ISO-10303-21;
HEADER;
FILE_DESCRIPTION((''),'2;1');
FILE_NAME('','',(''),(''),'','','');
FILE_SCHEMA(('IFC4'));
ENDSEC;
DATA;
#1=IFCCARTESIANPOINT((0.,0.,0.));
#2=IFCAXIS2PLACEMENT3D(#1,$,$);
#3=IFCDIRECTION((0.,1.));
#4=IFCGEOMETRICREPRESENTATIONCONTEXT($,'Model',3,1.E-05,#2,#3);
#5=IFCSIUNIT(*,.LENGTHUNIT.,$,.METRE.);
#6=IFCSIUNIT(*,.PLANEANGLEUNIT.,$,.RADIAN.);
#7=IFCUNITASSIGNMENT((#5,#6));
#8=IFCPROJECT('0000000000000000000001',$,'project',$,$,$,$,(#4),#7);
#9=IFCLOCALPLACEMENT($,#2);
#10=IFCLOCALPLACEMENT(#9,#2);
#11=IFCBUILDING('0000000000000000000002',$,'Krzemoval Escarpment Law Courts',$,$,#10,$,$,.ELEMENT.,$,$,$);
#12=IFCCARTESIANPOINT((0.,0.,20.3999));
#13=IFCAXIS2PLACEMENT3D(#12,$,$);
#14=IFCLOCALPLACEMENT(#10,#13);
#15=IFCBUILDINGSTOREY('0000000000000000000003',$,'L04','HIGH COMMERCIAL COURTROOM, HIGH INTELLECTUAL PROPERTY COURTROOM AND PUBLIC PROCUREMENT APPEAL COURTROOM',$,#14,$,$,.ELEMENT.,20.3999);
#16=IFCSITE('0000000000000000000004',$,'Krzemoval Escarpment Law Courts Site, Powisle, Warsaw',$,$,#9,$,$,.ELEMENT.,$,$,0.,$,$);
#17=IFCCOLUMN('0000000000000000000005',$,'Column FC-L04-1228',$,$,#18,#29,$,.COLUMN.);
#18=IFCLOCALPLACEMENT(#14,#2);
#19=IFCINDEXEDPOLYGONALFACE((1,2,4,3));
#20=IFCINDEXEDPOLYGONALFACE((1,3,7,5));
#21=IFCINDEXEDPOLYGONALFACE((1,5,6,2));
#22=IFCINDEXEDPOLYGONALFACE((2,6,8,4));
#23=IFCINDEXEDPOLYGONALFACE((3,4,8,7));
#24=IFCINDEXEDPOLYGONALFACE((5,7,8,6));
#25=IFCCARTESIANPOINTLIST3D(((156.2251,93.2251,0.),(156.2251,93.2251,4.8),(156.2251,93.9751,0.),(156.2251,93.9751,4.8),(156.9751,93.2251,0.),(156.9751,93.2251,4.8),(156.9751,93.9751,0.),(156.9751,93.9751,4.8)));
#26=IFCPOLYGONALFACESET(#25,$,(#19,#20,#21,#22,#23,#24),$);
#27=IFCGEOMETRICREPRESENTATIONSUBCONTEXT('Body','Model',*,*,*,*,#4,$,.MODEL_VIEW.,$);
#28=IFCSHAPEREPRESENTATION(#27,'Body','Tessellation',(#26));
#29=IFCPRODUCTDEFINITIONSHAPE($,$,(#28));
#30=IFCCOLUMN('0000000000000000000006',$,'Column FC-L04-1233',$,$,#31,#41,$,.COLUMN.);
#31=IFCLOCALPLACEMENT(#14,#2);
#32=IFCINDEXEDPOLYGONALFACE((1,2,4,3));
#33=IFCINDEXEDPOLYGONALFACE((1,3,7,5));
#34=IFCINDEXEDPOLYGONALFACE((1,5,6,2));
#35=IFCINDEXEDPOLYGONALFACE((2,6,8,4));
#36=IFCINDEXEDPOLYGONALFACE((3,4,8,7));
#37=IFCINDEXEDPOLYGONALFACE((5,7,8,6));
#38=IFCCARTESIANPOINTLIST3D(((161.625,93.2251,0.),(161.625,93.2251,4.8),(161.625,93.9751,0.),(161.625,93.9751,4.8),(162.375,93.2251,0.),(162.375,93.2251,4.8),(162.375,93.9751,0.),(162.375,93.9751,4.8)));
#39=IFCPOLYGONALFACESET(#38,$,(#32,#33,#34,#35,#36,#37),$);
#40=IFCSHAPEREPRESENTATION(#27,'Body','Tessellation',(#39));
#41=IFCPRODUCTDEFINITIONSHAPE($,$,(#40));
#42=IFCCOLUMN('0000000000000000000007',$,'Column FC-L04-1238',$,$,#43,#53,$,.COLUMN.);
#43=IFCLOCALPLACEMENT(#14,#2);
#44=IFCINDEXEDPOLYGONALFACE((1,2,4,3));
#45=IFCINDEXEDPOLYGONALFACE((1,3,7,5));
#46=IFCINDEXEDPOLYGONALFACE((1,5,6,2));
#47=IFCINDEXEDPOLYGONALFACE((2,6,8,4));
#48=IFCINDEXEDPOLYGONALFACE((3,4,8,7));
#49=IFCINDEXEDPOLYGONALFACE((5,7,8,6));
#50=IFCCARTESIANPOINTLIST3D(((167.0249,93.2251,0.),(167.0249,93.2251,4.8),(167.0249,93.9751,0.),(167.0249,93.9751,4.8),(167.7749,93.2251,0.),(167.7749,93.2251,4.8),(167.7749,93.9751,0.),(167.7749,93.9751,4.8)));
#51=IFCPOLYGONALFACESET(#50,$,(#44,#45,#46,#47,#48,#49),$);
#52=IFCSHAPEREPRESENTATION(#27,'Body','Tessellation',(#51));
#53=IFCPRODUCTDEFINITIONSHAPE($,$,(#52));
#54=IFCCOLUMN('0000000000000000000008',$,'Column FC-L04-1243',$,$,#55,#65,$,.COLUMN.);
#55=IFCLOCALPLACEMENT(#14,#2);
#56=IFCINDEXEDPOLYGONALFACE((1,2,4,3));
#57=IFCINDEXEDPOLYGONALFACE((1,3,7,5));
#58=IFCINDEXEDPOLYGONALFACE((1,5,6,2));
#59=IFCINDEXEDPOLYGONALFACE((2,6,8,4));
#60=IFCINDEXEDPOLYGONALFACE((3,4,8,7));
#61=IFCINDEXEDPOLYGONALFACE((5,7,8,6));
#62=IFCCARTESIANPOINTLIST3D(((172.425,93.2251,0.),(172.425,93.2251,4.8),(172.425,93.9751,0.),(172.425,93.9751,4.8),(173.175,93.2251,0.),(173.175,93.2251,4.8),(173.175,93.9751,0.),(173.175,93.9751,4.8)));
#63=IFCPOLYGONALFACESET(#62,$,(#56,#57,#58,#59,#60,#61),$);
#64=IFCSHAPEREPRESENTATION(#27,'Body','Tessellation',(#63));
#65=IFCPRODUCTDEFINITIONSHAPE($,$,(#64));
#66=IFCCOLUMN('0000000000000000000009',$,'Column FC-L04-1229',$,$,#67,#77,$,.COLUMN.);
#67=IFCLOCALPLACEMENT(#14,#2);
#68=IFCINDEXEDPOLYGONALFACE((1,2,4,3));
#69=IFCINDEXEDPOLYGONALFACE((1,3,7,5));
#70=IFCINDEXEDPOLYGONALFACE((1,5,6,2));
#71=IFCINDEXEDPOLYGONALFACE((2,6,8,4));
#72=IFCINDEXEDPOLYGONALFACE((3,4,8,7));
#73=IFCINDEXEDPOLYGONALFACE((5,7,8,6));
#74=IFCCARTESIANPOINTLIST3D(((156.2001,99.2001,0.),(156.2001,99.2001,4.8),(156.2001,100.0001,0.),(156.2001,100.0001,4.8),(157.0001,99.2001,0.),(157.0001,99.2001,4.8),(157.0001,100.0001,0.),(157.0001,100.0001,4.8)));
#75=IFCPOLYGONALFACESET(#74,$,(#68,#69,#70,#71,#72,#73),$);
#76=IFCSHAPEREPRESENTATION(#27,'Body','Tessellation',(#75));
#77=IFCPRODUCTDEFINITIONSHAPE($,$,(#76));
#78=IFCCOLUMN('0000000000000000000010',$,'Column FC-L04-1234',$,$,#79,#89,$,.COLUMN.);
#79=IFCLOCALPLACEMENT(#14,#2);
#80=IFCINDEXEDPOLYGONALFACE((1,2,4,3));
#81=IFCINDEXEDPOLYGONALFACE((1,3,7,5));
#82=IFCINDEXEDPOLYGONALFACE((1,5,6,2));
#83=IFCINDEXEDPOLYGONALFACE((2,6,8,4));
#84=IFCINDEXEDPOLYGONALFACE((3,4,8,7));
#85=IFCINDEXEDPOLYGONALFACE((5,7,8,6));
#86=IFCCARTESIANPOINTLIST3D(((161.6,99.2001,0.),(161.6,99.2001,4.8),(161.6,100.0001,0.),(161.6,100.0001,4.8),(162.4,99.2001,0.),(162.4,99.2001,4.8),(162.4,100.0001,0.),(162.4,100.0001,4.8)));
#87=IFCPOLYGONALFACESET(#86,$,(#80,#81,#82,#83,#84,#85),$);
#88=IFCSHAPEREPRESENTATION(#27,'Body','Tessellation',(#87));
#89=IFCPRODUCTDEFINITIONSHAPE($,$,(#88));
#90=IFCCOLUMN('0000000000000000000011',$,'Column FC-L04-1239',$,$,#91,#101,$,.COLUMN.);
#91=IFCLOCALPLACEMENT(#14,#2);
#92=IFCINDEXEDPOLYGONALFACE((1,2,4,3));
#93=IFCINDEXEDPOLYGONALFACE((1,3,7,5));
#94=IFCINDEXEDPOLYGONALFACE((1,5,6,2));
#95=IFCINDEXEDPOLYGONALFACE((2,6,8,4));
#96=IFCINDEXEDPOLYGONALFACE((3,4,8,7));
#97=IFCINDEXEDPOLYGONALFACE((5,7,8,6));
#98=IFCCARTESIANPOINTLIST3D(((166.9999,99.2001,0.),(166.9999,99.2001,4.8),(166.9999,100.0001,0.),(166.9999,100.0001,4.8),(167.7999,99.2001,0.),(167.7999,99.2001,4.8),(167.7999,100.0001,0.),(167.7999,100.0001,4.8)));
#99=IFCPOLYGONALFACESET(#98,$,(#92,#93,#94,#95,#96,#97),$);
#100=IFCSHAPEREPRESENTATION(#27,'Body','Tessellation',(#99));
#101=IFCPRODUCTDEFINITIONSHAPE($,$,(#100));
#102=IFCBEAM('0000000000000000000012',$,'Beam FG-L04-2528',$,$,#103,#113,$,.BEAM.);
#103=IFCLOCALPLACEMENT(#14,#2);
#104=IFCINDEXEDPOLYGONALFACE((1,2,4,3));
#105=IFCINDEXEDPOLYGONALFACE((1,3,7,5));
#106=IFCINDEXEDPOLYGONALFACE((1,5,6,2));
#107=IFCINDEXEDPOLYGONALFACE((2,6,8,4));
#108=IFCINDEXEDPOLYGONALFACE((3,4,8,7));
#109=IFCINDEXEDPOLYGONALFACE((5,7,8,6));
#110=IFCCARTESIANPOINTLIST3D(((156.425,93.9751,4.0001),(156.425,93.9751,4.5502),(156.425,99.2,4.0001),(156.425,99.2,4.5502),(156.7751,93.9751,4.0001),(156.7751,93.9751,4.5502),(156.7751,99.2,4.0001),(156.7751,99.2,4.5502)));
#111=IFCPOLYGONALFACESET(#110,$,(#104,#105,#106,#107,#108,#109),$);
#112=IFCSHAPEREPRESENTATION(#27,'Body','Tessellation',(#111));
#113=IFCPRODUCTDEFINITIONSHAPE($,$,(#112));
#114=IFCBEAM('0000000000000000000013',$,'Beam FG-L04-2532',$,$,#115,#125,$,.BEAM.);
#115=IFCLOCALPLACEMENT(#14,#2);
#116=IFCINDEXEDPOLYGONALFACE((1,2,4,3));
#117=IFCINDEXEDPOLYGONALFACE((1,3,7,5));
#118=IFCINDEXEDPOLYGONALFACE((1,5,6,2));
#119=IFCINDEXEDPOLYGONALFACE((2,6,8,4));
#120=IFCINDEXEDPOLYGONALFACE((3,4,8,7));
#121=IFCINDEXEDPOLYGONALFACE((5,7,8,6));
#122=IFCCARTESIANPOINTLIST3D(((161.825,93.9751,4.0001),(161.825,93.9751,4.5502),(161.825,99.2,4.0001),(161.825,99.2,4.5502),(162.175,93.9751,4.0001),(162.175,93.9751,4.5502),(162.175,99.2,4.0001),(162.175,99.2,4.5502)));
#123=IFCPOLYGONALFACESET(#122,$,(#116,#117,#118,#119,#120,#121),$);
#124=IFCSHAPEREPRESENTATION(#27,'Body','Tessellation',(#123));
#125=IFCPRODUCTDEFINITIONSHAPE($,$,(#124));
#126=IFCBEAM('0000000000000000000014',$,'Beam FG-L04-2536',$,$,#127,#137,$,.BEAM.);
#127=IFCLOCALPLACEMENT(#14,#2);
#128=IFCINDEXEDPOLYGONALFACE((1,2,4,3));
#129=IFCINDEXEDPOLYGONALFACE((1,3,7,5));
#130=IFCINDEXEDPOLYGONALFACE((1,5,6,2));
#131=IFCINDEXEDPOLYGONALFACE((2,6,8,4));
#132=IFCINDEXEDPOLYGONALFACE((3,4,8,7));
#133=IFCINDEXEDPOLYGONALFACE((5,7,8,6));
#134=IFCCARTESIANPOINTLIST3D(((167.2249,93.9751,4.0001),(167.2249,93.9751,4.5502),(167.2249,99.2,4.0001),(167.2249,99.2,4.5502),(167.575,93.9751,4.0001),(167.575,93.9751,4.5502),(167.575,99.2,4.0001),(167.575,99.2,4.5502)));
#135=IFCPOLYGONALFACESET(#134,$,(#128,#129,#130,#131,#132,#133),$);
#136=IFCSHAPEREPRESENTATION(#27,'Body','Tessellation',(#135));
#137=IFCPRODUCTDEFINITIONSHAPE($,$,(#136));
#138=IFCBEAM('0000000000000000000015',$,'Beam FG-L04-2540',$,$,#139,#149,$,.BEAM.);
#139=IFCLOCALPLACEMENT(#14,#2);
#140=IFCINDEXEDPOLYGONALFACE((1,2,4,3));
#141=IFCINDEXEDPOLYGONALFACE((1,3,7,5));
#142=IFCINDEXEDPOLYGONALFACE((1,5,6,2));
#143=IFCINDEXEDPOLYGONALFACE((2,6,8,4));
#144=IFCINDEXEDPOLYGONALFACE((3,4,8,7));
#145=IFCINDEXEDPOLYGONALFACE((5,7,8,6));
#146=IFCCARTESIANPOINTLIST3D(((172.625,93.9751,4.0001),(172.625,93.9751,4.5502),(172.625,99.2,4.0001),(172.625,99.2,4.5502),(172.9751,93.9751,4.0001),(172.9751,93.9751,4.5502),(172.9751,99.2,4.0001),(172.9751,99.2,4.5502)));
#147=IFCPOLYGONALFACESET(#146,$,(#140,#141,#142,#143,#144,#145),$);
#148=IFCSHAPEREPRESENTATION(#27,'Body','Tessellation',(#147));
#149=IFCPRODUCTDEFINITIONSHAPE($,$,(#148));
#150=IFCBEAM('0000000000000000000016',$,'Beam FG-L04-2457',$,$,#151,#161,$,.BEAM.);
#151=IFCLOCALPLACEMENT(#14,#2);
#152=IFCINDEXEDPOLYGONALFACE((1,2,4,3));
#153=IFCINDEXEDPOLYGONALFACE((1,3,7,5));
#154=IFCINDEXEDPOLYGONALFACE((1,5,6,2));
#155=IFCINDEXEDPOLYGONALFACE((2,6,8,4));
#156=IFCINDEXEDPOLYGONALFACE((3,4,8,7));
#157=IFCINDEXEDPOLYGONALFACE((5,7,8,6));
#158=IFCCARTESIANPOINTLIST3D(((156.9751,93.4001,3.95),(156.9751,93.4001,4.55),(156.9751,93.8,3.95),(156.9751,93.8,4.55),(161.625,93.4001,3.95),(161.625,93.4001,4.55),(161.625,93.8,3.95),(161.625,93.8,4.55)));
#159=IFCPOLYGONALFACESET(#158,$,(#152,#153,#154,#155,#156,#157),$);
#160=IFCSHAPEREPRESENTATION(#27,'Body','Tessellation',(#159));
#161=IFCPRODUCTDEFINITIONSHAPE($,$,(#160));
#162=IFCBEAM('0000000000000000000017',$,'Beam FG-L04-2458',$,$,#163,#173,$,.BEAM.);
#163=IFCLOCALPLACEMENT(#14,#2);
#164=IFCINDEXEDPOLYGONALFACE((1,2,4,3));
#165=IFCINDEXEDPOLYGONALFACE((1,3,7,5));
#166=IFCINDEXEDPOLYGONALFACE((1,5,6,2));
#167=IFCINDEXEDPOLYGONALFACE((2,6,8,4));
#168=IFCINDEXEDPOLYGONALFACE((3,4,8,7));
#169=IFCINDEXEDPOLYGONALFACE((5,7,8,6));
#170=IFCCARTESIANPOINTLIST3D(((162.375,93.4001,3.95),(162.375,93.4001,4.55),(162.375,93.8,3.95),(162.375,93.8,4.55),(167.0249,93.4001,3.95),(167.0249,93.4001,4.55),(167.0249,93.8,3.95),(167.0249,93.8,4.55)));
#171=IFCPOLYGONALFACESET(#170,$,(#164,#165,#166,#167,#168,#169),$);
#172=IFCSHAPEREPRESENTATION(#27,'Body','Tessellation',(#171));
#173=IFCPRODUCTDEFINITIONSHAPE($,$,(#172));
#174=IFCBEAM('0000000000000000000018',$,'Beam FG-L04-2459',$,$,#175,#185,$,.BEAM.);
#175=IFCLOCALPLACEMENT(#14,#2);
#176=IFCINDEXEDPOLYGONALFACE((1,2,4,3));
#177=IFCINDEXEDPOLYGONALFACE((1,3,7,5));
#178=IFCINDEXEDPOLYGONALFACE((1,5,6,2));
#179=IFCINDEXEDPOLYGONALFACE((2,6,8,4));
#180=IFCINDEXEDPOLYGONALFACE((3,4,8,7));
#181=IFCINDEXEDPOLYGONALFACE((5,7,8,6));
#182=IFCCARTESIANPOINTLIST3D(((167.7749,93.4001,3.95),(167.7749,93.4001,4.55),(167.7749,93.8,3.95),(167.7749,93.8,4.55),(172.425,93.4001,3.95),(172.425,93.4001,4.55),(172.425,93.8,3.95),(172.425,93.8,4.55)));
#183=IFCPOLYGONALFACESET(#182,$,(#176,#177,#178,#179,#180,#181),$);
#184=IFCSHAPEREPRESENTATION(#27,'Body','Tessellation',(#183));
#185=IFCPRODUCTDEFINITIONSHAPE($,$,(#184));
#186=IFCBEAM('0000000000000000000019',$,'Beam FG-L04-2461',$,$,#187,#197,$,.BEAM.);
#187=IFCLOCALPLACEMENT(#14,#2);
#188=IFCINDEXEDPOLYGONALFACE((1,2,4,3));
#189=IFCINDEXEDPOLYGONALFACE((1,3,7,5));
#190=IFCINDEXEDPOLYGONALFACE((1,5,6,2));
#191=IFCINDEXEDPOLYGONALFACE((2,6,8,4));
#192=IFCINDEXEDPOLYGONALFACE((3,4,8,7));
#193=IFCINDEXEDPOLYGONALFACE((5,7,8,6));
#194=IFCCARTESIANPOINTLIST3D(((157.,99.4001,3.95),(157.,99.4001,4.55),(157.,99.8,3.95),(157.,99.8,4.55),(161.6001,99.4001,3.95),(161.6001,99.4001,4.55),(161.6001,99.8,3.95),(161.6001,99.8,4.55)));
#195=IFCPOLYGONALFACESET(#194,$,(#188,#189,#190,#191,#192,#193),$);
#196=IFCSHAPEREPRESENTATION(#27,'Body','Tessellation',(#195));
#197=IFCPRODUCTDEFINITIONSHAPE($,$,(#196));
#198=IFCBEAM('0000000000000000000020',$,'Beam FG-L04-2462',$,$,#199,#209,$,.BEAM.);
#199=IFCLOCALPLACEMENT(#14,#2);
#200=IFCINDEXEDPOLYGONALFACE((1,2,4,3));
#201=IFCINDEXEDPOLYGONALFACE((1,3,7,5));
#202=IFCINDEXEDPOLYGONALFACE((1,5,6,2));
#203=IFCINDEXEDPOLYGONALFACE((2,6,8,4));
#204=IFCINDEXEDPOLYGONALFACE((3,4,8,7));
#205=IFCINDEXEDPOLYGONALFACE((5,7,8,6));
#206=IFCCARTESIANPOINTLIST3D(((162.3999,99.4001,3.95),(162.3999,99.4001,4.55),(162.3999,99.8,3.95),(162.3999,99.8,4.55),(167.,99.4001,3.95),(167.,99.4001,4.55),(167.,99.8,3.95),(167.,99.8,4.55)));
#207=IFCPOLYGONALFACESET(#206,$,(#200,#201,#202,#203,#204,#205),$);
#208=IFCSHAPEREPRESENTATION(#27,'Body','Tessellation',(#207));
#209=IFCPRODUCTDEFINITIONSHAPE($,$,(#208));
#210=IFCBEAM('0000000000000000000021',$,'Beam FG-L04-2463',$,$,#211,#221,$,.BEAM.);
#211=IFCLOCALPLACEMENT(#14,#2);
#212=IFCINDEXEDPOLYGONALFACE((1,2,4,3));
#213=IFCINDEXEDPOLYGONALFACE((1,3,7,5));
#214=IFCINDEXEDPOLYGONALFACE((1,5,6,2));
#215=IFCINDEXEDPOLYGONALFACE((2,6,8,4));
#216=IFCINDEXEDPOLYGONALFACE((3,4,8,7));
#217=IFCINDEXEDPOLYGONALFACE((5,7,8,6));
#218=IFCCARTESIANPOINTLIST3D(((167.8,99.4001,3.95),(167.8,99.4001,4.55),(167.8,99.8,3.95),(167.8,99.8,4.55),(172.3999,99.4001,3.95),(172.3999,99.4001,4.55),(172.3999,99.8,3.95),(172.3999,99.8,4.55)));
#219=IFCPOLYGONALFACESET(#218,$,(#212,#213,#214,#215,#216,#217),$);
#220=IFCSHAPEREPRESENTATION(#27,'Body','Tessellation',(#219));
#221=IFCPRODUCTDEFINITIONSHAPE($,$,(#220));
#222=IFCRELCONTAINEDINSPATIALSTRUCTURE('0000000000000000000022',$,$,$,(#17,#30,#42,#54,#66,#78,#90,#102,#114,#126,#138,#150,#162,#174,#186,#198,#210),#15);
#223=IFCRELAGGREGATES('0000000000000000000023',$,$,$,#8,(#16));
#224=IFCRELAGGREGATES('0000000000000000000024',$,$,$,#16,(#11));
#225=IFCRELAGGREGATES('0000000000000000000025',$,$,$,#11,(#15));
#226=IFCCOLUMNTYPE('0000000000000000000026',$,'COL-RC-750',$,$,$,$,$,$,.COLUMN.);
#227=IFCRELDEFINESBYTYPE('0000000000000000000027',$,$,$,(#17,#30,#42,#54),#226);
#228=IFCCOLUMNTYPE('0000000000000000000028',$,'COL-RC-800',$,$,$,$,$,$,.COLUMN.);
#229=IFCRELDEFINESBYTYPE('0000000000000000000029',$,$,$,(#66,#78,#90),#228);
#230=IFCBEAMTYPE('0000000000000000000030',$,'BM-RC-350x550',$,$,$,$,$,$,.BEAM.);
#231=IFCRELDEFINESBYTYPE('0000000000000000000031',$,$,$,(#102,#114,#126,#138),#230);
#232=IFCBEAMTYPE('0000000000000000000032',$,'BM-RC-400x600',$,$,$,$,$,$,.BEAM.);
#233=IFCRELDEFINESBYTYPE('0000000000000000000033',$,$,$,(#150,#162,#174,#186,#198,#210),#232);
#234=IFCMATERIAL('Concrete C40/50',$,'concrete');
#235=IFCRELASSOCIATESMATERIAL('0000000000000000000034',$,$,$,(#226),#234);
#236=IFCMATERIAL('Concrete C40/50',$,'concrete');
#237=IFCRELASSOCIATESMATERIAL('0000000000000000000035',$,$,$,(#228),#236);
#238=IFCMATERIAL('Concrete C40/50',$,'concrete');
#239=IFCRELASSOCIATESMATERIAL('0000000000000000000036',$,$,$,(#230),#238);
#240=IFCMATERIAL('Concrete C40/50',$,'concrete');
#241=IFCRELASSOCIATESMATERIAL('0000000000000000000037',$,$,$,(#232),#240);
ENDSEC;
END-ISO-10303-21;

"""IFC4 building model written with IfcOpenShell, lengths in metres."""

from ifc_helpers import new_model, si_unit, direction, frame, origin, origin_2d, place, context, subcontext, project, spatial, rectangle, extrude, material, material_profile, profile_set, type_object, element, save


model = new_model("IFC4")

# Units and contexts
model_context = context("Model", 3, precision=1e-05, world=origin(), true_north=direction((0.0, 1.0)))
body_context = subcontext(model_context, "Body", "Model", "MODEL_VIEW")
ifc_project = project(units=[si_unit("LENGTHUNIT", "METRE"), si_unit("PLANEANGLEUNIT", "RADIAN")], contexts=[model_context])

# Site, building, storey
site_placement = place(None, origin())
site = spatial("IfcSite", under=ifc_project, at=site_placement, Name="Krzemoval Escarpment Law Courts Site, Powisle, Warsaw", CompositionType="ELEMENT", RefElevation=0.0)
building_placement = place(site_placement, origin())
building = spatial("IfcBuilding", under=site, at=building_placement, Name="Krzemoval Escarpment Law Courts", CompositionType="ELEMENT")
storey_placement = place(building_placement, frame((0.0, 0.0, 20.3999)))
storey = spatial("IfcBuildingStorey", under=building, at=storey_placement, Name="L04", Description="HIGH COMMERCIAL COURTROOM, HIGH INTELLECTUAL PROPERTY COURTROOM AND PUBLIC PROCUREMENT APPEAL COURTROOM", CompositionType="ELEMENT", Elevation=20.3999)

# Columns
ifc_material_1 = material(Name="Concrete C40/50", Category="concrete")
ifc_material_profile_1 = material_profile(ifc_material_1, rectangle(XDim=0.75, YDim=0.75, at=origin_2d()), Name="RC 750x750")
ifc_profile_set_1 = profile_set([ifc_material_profile_1], Name="Concrete C40/50")
column_type_1 = type_object("IfcColumnType", Name="COL-RC-750", PredefinedType="COLUMN", material=ifc_profile_set_1)
for number, where, z_axis, x_axis, name in (
    (1, (156.6001, 93.6001, 0.0), (0.0, 0.0, 1.0), (1.0, 0.0, 0.0), "Column FC-L04-1228"),
    (2, (162.0, 93.6001, 0.0), (0.0, 0.0, 1.0), (1.0, 0.0, 0.0), "Column FC-L04-1233"),
    (3, (167.3999, 93.6001, 0.0), (0.0, 0.0, 1.0), (1.0, 0.0, 0.0), "Column FC-L04-1238"),
    (4, (172.8, 93.6001, 0.0), (0.0, 0.0, 1.0), (1.0, 0.0, 0.0), "Column FC-L04-1243"),
):
    element("IfcColumn", number, at=place(storey_placement, frame(where, z_axis=z_axis, x_axis=x_axis)), inside=storey, type_object=column_type_1, Name=name, PredefinedType="COLUMN", context=body_context, shape_type="SweptSolid", body=[
        extrude(rectangle(XDim=0.75, YDim=0.75, at=origin_2d()), origin(), (0.0, 0.0, 1.0), 4.8),
    ])
ifc_material_2 = material(Name="Concrete C40/50", Category="concrete")
ifc_material_profile_2 = material_profile(ifc_material_2, rectangle(XDim=0.8, YDim=0.8, at=origin_2d()), Name="RC 800x800")
ifc_profile_set_2 = profile_set([ifc_material_profile_2], Name="Concrete C40/50")
column_type_2 = type_object("IfcColumnType", Name="COL-RC-800", PredefinedType="COLUMN", material=ifc_profile_set_2)
for number, where, z_axis, x_axis, name in (
    (5, (156.6001, 99.6001, 0.0), (0.0, 0.0, 1.0), (1.0, 0.0, 0.0), "Column FC-L04-1229"),
    (6, (162.0, 99.6001, 0.0), (0.0, 0.0, 1.0), (1.0, 0.0, 0.0), "Column FC-L04-1234"),
    (7, (167.3999, 99.6001, 0.0), (0.0, 0.0, 1.0), (1.0, 0.0, 0.0), "Column FC-L04-1239"),
):
    element("IfcColumn", number, at=place(storey_placement, frame(where, z_axis=z_axis, x_axis=x_axis)), inside=storey, type_object=column_type_2, Name=name, PredefinedType="COLUMN", context=body_context, shape_type="SweptSolid", body=[
        extrude(rectangle(XDim=0.8, YDim=0.8, at=origin_2d()), origin(), (0.0, 0.0, 1.0), 4.8),
    ])

# Beams
ifc_material_3 = material(Name="Concrete C40/50", Category="concrete")
ifc_material_profile_3 = material_profile(ifc_material_3, rectangle(XDim=0.3501, YDim=0.55, at=origin_2d()), Name="RCB 350x550")
ifc_profile_set_3 = profile_set([ifc_material_profile_3], Name="Concrete C40/50")
beam_type_1 = type_object("IfcBeamType", Name="BM-RC-350x550", PredefinedType="BEAM", material=ifc_profile_set_3)
for number, where, z_axis, x_axis, name in (
    (8, (156.6001, 93.9751, 4.2751), (0.0, 1.0, 0.0), (-1.0, 0.0, 0.0), "Beam FG-L04-2528"),
    (9, (162.0, 93.9751, 4.2751), (0.0, 1.0, 0.0), (-1.0, 0.0, 0.0), "Beam FG-L04-2532"),
    (10, (167.3999, 93.9751, 4.2751), (0.0, 1.0, 0.0), (-1.0, 0.0, 0.0), "Beam FG-L04-2536"),
    (11, (172.8, 93.9751, 4.2751), (0.0, 1.0, 0.0), (-1.0, 0.0, 0.0), "Beam FG-L04-2540"),
):
    element("IfcBeam", number, at=place(storey_placement, frame(where, z_axis=z_axis, x_axis=x_axis)), inside=storey, type_object=beam_type_1, Name=name, PredefinedType="BEAM", context=body_context, shape_type="SweptSolid", body=[
        extrude(rectangle(XDim=0.3501, YDim=0.55, at=origin_2d()), origin(), (0.0, 0.0, 1.0), 5.2249),
    ])
ifc_material_4 = material(Name="Concrete C40/50", Category="concrete")
ifc_material_profile_4 = material_profile(ifc_material_4, rectangle(XDim=0.3999, YDim=0.6001, at=origin_2d()), Name="RCB 400x600")
ifc_profile_set_4 = profile_set([ifc_material_profile_4], Name="Concrete C40/50")
beam_type_2 = type_object("IfcBeamType", Name="BM-RC-400x600", PredefinedType="BEAM", material=ifc_profile_set_4)
for number, where, z_axis, x_axis, name in (
    (12, (156.9751, 93.6001, 4.25), (1.0, 0.0, 0.0), (0.0, 1.0, 0.0), "Beam FG-L04-2457"),
    (13, (162.375, 93.6001, 4.25), (1.0, 0.0, 0.0), (0.0, 1.0, 0.0), "Beam FG-L04-2458"),
):
    element("IfcBeam", number, at=place(storey_placement, frame(where, z_axis=z_axis, x_axis=x_axis)), inside=storey, type_object=beam_type_2, Name=name, PredefinedType="BEAM", context=body_context, shape_type="SweptSolid", body=[
        extrude(rectangle(XDim=0.3999, YDim=0.6001, at=origin_2d()), origin(), (0.0, 0.0, 1.0), 4.6499),
    ])
beam_1_placement = place(storey_placement, frame((167.7749, 93.6001, 4.25), z_axis=(1.0, 0.0, 0.0), x_axis=(0.0, 1.0, 0.0)))
element("IfcBeam", 14, at=beam_1_placement, inside=storey, type_object=beam_type_2, Name="Beam FG-L04-2459", PredefinedType="BEAM", context=body_context, shape_type="SweptSolid", body=[
    extrude(rectangle(XDim=0.3999, YDim=0.6001, at=origin_2d()), origin(), (0.0, 0.0, 1.0), 4.6501),
])
for number, where, z_axis, x_axis, name in (
    (15, (157.0, 99.6001, 4.25), (1.0, 0.0, 0.0), (0.0, 1.0, 0.0), "Beam FG-L04-2461"),
    (16, (162.3999, 99.6001, 4.25), (1.0, 0.0, 0.0), (0.0, 1.0, 0.0), "Beam FG-L04-2462"),
):
    element("IfcBeam", number, at=place(storey_placement, frame(where, z_axis=z_axis, x_axis=x_axis)), inside=storey, type_object=beam_type_2, Name=name, PredefinedType="BEAM", context=body_context, shape_type="SweptSolid", body=[
        extrude(rectangle(XDim=0.3999, YDim=0.6001, at=origin_2d()), origin(), (0.0, 0.0, 1.0), 4.6001),
    ])
beam_2_placement = place(storey_placement, frame((167.8, 99.6001, 4.25), z_axis=(1.0, 0.0, 0.0), x_axis=(0.0, 1.0, 0.0)))
element("IfcBeam", 17, at=beam_2_placement, inside=storey, type_object=beam_type_2, Name="Beam FG-L04-2463", PredefinedType="BEAM", context=body_context, shape_type="SweptSolid", body=[
    extrude(rectangle(XDim=0.3999, YDim=0.6001, at=origin_2d()), origin(), (0.0, 0.0, 1.0), 4.5999),
])

save(model, "model.ifc")
